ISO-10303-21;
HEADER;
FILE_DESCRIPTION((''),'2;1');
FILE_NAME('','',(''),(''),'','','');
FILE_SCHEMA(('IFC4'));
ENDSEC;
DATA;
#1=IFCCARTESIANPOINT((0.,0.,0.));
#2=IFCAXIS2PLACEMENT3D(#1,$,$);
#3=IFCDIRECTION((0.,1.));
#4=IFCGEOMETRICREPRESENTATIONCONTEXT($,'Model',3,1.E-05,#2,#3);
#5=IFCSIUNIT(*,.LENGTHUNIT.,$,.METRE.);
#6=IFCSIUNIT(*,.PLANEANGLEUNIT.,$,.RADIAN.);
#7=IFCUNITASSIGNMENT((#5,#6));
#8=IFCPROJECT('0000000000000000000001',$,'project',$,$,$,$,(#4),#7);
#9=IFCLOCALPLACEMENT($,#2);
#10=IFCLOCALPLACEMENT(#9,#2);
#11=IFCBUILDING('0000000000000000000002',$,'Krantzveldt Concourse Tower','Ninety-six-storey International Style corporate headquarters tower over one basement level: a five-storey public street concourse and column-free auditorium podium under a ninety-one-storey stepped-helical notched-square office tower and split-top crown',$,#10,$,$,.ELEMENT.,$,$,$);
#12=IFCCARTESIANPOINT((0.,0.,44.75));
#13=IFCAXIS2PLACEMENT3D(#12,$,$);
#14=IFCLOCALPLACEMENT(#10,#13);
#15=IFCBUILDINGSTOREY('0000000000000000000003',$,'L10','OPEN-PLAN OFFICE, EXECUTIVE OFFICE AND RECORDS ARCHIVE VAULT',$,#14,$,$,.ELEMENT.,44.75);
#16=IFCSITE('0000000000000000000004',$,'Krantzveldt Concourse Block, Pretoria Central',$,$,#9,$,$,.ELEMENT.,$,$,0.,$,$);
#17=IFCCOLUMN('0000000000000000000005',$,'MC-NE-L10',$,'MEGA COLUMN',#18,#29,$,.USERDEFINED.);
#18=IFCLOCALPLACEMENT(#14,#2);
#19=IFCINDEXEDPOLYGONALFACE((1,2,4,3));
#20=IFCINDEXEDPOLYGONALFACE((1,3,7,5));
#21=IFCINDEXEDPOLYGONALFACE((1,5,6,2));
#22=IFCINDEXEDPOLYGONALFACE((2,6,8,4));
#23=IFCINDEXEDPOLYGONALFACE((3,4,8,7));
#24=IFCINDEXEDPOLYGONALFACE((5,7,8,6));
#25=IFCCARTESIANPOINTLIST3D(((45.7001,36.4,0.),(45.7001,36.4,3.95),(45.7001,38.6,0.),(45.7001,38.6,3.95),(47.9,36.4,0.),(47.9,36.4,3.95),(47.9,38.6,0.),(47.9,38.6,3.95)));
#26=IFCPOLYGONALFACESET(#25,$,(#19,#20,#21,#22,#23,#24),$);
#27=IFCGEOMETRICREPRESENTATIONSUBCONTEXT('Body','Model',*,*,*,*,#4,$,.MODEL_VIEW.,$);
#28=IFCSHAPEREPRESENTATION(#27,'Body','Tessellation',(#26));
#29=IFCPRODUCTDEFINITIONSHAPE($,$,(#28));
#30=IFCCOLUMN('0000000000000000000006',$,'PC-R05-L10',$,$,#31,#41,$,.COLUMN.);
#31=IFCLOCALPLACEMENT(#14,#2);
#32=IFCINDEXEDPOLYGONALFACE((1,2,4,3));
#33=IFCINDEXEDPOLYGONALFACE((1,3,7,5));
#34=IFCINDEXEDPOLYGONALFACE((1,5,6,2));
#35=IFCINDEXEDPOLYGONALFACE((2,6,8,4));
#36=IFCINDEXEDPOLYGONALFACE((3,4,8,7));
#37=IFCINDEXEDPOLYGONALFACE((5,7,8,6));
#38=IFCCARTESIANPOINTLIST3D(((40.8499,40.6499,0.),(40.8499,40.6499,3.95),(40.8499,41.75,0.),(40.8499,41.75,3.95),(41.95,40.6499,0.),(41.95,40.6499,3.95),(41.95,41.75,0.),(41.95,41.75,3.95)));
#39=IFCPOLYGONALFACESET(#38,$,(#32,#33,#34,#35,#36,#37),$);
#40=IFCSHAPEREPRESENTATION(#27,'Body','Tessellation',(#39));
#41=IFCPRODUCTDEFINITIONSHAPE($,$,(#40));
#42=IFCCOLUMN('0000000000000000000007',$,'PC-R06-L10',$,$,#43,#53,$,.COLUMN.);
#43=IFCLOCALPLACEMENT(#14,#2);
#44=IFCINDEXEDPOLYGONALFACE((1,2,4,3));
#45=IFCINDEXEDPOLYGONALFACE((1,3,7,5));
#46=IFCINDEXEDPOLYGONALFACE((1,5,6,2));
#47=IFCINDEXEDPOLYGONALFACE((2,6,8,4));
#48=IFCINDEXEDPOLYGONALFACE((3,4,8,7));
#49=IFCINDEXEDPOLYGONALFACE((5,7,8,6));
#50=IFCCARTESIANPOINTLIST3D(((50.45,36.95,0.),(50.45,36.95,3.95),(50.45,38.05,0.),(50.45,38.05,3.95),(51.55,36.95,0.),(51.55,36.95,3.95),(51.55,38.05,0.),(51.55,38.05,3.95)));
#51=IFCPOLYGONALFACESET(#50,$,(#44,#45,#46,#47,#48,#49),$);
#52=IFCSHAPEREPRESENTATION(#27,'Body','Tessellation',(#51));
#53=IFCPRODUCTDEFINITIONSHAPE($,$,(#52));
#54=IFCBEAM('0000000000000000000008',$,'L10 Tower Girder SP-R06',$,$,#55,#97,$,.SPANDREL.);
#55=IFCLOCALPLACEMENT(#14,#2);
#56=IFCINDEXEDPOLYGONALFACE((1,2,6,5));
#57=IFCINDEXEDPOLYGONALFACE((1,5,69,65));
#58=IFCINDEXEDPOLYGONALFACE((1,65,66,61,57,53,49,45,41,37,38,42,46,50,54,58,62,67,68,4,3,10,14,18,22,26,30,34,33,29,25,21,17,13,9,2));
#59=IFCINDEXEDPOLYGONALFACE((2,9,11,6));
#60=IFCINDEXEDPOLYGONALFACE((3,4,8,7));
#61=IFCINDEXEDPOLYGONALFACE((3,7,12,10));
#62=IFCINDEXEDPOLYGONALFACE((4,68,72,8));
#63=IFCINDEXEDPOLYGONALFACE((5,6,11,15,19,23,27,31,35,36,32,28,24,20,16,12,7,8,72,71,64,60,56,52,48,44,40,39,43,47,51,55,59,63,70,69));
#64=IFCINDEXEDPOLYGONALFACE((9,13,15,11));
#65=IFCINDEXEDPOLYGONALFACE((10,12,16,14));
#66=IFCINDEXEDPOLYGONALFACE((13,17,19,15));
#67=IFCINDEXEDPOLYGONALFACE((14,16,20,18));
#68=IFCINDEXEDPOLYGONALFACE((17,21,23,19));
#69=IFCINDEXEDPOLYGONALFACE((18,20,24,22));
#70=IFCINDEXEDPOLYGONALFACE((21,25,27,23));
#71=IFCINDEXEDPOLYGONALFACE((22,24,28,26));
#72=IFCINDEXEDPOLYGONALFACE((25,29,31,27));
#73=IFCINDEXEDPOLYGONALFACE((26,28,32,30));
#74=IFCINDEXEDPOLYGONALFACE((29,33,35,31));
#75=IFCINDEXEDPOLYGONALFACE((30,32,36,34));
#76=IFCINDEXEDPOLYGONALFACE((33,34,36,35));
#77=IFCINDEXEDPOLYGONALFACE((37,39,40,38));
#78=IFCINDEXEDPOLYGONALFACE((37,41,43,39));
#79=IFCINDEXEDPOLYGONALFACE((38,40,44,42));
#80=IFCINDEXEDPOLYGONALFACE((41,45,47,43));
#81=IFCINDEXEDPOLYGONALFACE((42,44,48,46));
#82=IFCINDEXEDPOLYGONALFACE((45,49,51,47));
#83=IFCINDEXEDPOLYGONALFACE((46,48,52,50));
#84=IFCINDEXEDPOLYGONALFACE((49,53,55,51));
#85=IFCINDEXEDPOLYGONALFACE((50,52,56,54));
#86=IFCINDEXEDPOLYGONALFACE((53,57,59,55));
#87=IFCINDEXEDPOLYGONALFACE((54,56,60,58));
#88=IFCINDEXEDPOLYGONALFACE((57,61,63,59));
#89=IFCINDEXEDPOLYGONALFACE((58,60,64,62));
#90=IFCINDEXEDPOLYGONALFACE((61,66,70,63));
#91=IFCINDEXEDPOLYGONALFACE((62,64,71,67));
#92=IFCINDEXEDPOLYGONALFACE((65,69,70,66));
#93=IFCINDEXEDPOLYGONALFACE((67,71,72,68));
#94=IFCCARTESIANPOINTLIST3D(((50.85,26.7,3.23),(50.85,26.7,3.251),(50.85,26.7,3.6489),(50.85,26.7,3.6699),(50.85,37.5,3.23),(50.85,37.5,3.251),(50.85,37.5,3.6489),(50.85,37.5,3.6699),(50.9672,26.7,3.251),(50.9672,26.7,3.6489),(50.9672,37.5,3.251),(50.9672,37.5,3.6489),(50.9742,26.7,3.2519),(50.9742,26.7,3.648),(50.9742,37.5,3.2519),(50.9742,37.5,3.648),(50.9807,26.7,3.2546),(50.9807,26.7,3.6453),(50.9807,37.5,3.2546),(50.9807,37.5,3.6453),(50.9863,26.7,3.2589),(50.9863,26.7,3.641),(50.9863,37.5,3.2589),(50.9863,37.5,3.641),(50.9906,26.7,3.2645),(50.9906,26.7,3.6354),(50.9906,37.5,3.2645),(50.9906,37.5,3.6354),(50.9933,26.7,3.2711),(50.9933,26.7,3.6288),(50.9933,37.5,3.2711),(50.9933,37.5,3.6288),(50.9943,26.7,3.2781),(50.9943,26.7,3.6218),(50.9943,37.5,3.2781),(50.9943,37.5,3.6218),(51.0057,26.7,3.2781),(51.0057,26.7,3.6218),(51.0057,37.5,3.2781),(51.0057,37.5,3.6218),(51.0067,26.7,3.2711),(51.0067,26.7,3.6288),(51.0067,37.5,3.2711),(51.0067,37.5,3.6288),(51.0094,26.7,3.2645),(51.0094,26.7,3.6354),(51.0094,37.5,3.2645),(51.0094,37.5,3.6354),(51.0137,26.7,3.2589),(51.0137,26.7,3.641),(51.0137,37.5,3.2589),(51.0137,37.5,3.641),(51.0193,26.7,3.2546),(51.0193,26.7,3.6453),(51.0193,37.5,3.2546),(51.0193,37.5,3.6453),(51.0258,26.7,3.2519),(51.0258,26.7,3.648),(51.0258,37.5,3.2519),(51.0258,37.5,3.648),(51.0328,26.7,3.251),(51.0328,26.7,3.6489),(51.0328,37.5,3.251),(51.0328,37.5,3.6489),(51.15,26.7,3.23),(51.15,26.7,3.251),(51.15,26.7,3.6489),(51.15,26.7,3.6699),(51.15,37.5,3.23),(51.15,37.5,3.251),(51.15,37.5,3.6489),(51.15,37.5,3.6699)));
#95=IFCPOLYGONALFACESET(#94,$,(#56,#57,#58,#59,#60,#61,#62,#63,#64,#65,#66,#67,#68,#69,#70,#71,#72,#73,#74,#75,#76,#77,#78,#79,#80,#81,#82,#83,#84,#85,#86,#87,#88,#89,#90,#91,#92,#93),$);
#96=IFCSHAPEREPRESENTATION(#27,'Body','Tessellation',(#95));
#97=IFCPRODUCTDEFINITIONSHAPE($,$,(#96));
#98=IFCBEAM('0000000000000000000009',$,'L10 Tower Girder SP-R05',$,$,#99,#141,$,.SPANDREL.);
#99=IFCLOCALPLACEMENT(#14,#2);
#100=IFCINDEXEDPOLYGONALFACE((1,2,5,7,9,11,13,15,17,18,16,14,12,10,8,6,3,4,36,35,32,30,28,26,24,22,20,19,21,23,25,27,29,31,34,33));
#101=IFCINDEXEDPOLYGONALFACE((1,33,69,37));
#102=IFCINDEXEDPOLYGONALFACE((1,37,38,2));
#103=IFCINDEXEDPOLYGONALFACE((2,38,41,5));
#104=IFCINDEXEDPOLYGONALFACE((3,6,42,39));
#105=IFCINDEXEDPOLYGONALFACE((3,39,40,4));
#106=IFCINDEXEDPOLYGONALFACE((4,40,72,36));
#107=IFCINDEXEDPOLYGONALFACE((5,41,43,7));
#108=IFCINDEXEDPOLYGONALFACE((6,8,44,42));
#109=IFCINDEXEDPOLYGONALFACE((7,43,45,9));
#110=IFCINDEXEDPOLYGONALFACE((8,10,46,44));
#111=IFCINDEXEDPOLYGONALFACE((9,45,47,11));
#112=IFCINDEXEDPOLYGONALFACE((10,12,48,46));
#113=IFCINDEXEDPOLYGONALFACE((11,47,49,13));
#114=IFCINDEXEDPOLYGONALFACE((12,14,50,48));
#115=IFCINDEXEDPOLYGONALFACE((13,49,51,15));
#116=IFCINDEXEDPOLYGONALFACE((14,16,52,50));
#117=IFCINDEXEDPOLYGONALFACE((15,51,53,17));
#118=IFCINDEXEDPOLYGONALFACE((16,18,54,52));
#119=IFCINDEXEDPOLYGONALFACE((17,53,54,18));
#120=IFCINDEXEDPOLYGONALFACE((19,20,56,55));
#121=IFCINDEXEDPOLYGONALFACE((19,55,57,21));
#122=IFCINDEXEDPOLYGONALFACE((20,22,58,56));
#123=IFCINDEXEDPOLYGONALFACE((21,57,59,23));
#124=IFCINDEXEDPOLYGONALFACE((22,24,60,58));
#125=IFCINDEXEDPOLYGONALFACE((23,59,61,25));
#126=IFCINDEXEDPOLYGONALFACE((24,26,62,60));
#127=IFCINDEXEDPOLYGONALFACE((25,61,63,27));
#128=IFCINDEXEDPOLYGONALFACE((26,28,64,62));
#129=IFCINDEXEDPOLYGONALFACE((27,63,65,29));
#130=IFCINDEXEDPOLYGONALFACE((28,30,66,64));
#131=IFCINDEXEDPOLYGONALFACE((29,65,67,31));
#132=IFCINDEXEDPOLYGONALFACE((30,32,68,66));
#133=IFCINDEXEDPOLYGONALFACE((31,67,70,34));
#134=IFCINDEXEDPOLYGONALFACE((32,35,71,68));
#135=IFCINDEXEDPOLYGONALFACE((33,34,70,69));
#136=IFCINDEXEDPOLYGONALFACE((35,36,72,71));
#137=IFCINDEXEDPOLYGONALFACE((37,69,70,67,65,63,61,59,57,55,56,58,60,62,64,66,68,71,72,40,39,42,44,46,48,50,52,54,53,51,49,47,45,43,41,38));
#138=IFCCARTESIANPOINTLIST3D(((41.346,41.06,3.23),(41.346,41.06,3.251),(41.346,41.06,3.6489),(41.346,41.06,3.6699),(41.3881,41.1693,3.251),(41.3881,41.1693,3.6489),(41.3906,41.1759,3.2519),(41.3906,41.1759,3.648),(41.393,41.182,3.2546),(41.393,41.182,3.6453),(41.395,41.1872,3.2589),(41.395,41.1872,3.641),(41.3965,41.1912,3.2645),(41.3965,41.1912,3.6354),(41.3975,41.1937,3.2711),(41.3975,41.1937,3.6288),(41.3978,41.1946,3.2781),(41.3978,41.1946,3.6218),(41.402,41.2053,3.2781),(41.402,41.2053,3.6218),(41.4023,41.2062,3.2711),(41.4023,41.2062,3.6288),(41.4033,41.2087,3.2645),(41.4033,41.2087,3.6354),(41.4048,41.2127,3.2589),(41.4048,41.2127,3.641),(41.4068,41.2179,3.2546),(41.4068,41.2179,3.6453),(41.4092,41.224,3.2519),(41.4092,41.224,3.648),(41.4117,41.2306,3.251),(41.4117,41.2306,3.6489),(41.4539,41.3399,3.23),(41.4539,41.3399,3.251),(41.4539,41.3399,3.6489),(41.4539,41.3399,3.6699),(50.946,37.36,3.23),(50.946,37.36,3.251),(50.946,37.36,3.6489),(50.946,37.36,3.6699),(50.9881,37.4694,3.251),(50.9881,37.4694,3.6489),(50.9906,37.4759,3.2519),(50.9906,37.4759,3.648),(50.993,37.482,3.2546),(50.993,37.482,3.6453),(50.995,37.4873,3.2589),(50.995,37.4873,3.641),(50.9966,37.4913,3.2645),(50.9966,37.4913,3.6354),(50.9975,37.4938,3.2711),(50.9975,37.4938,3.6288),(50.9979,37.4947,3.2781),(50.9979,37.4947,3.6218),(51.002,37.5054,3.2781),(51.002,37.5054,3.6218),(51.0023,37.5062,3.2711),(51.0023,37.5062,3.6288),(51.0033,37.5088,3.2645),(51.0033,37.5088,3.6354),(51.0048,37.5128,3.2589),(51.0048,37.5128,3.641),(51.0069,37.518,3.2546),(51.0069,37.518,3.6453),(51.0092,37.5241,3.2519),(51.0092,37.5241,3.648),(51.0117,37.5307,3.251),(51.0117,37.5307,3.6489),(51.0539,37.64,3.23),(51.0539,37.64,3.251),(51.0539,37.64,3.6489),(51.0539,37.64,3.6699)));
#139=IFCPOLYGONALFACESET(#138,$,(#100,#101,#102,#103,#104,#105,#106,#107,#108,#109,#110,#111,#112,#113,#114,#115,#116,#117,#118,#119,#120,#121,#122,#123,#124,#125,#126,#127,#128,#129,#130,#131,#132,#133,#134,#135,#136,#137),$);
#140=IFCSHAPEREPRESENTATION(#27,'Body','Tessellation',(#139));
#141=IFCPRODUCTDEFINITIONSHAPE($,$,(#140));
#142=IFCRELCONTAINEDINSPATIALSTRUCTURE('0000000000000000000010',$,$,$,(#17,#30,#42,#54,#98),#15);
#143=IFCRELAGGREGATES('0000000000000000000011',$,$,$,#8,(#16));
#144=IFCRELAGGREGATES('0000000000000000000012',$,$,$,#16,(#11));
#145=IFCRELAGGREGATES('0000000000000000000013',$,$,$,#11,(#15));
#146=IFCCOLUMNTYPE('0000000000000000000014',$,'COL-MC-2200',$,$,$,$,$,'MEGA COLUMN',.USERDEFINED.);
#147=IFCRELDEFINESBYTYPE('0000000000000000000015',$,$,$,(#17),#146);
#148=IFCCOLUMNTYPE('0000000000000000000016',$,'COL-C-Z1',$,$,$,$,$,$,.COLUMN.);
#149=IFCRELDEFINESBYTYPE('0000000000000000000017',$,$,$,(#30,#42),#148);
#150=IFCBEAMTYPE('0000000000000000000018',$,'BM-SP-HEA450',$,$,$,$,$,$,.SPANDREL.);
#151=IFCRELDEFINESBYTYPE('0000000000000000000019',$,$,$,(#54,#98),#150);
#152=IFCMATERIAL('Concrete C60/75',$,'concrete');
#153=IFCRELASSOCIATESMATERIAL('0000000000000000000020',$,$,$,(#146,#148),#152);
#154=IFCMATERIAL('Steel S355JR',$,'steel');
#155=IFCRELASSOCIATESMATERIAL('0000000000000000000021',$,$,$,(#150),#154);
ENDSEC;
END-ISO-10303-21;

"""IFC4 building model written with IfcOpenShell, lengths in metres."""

from ifc_helpers import new_model, si_unit, direction, frame, origin, origin_2d, place, context, subcontext, project, spatial, rectangle, i_section, extrude, source, transform, mapped, material, material_profile, profile_set, type_object, type_shapes, element, save


model = new_model("IFC4")

# Units and contexts
model_context = context("Model", 3, precision=1e-05, world=origin(), true_north=direction((0.0, 1.0)))
body_context = subcontext(model_context, "Body", "Model", "MODEL_VIEW")
ifc_project = project(units=[si_unit("LENGTHUNIT", "METRE"), si_unit("PLANEANGLEUNIT", "RADIAN")], contexts=[model_context])

# Site, building, storey
site_placement = place(None, origin())
site = spatial("IfcSite", under=ifc_project, at=site_placement, Name="Krantzveldt Concourse Block, Pretoria Central", CompositionType="ELEMENT", RefElevation=0.0)
building_placement = place(site_placement, origin())
building = spatial("IfcBuilding", under=site, at=building_placement, Name="Krantzveldt Concourse Tower", Description="Ninety-six-storey International Style corporate headquarters tower over one basement level: a five-storey public street concourse and column-free auditorium podium under a ninety-one-storey stepped-helical notched-square office tower and split-top crown", CompositionType="ELEMENT")
storey_placement = place(building_placement, frame((0.0, 0.0, 44.75)))
storey = spatial("IfcBuildingStorey", under=building, at=storey_placement, Name="L10", Description="OPEN-PLAN OFFICE, EXECUTIVE OFFICE AND RECORDS ARCHIVE VAULT", CompositionType="ELEMENT", Elevation=44.75)

# Columns
ifc_material_1 = material(Name="Concrete C60/75", Category="concrete")
ifc_material_profile_1 = material_profile(ifc_material_1, rectangle(XDim=2.2, YDim=2.2, at=origin_2d()), Name="Concrete C60/75", Category="concrete")
ifc_profile_set_1 = profile_set([ifc_material_profile_1], Name="Concrete C60/75 - RC 2200x2200")
column_type_1 = type_object("IfcColumnType", Name="COL-MC-2200", ElementType="MEGA COLUMN", PredefinedType="USERDEFINED", material=ifc_profile_set_1)
shared_shape_1 = source(origin(), body_context, "Body", "SweptSolid", [
    extrude(rectangle(XDim=2.2, YDim=2.2, at=origin_2d()), origin(), (0.0, 0.0, 1.0), 3.95),
])
type_shapes(column_type_1, [shared_shape_1])
column_placement = place(storey_placement, frame((46.8, 37.5, 0.0), z_axis=(0.0, 0.0, 1.0), x_axis=(1.0, 0.0, 0.0)))
element("IfcColumn", 1, at=column_placement, inside=storey, type_object=column_type_1, Name="MC-NE-L10", ObjectType="MEGA COLUMN", PredefinedType="USERDEFINED", context=body_context, shape_type="MappedRepresentation", body=[
    mapped(shared_shape_1, transform((0.0, 0.0, 0.0), x_axis=(1.0, 0.0, 0.0), y_axis=(0.0, 1.0, 0.0), z_axis=(0.0, 0.0, 1.0), scale=1.0)),
])
ifc_material_profile_2 = material_profile(ifc_material_1, rectangle(XDim=1.1001, YDim=1.1001, at=origin_2d()), Name="Concrete C60/75", Category="concrete")
ifc_profile_set_2 = profile_set([ifc_material_profile_2], Name="Concrete C60/75 - RC 1100x1100")
column_type_2 = type_object("IfcColumnType", Name="COL-C-Z1", PredefinedType="COLUMN", material=ifc_profile_set_2)
shared_shape_2 = source(origin(), body_context, "Body", "SweptSolid", [
    extrude(rectangle(XDim=1.1001, YDim=1.1001, at=origin_2d()), origin(), (0.0, 0.0, 1.0), 3.95),
])
type_shapes(column_type_2, [shared_shape_2])
for number, where, z_axis, x_axis, name in (
    (2, (41.3999, 41.2, 0.0), (0.0, 0.0, 1.0), (1.0, 0.0, 0.0), "PC-R05-L10"),
    (3, (51.0, 37.5, 0.0), (0.0, 0.0, 1.0), (1.0, 0.0, 0.0), "PC-R06-L10"),
):
    element("IfcColumn", number, at=place(storey_placement, frame(where, z_axis=z_axis, x_axis=x_axis)), inside=storey, type_object=column_type_2, Name=name, PredefinedType="COLUMN", context=body_context, shape_type="MappedRepresentation", body=[
        mapped(shared_shape_2, transform((0.0, 0.0, 0.0), x_axis=(1.0, 0.0, 0.0), y_axis=(0.0, 1.0, 0.0), z_axis=(0.0, 0.0, 1.0), scale=1.0)),
    ])

# Beams
ifc_material_2 = material(Name="Steel S355JR", Category="steel")
ifc_material_profile_3 = material_profile(ifc_material_2, i_section(OverallWidth=0.3, OverallDepth=0.4399, WebThickness=0.0115, FlangeThickness=0.021, FilletRadius=0.0271, at=origin_2d()), Name="Steel S355JR", Category="steel")
ifc_profile_set_3 = profile_set([ifc_material_profile_3], Name="Steel S355JR - HEA 450")
beam_type_1 = type_object("IfcBeamType", Name="BM-SP-HEA450", PredefinedType="SPANDREL", material=ifc_profile_set_3)
shared_shape_3 = source(origin(), body_context, "Body", "SweptSolid", [
    extrude(i_section(OverallWidth=0.3, OverallDepth=0.4399, WebThickness=0.0115, FlangeThickness=0.021, FilletRadius=0.0271, at=origin_2d()), origin(), (0.0, 0.0, 1.0), 10.8),
])
beam_1_placement = place(storey_placement, frame((51.0, 37.5, 3.45), z_axis=(0.0, -1.0, 0.0), x_axis=(1.0, 0.0, 0.0)))
element("IfcBeam", 4, at=beam_1_placement, inside=storey, type_object=beam_type_1, Name="L10 Tower Girder SP-R06", PredefinedType="SPANDREL", context=body_context, shape_type="MappedRepresentation", body=[
    mapped(shared_shape_3, transform((0.0, 0.0, 0.0), x_axis=(1.0, 0.0, 0.0), y_axis=(0.0, 1.0, 0.0), z_axis=(0.0, 0.0, 1.0), scale=1.0)),
])
shared_shape_4 = source(origin(), body_context, "Body", "SweptSolid", [
    extrude(i_section(OverallWidth=0.3, OverallDepth=0.4399, WebThickness=0.0115, FlangeThickness=0.021, FilletRadius=0.0271, at=origin_2d()), origin(), (0.0, 0.0, 1.0), 10.2883),
])
type_shapes(beam_type_1, [shared_shape_3, shared_shape_4])
beam_2_placement = place(storey_placement, frame((41.3999, 41.2, 3.45), z_axis=(0.933098, -0.359623, 0.0), x_axis=(0.359623, 0.933098, 0.0)))
element("IfcBeam", 5, at=beam_2_placement, inside=storey, type_object=beam_type_1, Name="L10 Tower Girder SP-R05", PredefinedType="SPANDREL", context=body_context, shape_type="MappedRepresentation", body=[
    mapped(shared_shape_4, transform((0.0, 0.0, 0.0), x_axis=(1.0, 0.0, 0.0), y_axis=(0.0, 1.0, 0.0), z_axis=(0.0, 0.0, 1.0), scale=1.0)),
])

save(model, "model.ifc")
